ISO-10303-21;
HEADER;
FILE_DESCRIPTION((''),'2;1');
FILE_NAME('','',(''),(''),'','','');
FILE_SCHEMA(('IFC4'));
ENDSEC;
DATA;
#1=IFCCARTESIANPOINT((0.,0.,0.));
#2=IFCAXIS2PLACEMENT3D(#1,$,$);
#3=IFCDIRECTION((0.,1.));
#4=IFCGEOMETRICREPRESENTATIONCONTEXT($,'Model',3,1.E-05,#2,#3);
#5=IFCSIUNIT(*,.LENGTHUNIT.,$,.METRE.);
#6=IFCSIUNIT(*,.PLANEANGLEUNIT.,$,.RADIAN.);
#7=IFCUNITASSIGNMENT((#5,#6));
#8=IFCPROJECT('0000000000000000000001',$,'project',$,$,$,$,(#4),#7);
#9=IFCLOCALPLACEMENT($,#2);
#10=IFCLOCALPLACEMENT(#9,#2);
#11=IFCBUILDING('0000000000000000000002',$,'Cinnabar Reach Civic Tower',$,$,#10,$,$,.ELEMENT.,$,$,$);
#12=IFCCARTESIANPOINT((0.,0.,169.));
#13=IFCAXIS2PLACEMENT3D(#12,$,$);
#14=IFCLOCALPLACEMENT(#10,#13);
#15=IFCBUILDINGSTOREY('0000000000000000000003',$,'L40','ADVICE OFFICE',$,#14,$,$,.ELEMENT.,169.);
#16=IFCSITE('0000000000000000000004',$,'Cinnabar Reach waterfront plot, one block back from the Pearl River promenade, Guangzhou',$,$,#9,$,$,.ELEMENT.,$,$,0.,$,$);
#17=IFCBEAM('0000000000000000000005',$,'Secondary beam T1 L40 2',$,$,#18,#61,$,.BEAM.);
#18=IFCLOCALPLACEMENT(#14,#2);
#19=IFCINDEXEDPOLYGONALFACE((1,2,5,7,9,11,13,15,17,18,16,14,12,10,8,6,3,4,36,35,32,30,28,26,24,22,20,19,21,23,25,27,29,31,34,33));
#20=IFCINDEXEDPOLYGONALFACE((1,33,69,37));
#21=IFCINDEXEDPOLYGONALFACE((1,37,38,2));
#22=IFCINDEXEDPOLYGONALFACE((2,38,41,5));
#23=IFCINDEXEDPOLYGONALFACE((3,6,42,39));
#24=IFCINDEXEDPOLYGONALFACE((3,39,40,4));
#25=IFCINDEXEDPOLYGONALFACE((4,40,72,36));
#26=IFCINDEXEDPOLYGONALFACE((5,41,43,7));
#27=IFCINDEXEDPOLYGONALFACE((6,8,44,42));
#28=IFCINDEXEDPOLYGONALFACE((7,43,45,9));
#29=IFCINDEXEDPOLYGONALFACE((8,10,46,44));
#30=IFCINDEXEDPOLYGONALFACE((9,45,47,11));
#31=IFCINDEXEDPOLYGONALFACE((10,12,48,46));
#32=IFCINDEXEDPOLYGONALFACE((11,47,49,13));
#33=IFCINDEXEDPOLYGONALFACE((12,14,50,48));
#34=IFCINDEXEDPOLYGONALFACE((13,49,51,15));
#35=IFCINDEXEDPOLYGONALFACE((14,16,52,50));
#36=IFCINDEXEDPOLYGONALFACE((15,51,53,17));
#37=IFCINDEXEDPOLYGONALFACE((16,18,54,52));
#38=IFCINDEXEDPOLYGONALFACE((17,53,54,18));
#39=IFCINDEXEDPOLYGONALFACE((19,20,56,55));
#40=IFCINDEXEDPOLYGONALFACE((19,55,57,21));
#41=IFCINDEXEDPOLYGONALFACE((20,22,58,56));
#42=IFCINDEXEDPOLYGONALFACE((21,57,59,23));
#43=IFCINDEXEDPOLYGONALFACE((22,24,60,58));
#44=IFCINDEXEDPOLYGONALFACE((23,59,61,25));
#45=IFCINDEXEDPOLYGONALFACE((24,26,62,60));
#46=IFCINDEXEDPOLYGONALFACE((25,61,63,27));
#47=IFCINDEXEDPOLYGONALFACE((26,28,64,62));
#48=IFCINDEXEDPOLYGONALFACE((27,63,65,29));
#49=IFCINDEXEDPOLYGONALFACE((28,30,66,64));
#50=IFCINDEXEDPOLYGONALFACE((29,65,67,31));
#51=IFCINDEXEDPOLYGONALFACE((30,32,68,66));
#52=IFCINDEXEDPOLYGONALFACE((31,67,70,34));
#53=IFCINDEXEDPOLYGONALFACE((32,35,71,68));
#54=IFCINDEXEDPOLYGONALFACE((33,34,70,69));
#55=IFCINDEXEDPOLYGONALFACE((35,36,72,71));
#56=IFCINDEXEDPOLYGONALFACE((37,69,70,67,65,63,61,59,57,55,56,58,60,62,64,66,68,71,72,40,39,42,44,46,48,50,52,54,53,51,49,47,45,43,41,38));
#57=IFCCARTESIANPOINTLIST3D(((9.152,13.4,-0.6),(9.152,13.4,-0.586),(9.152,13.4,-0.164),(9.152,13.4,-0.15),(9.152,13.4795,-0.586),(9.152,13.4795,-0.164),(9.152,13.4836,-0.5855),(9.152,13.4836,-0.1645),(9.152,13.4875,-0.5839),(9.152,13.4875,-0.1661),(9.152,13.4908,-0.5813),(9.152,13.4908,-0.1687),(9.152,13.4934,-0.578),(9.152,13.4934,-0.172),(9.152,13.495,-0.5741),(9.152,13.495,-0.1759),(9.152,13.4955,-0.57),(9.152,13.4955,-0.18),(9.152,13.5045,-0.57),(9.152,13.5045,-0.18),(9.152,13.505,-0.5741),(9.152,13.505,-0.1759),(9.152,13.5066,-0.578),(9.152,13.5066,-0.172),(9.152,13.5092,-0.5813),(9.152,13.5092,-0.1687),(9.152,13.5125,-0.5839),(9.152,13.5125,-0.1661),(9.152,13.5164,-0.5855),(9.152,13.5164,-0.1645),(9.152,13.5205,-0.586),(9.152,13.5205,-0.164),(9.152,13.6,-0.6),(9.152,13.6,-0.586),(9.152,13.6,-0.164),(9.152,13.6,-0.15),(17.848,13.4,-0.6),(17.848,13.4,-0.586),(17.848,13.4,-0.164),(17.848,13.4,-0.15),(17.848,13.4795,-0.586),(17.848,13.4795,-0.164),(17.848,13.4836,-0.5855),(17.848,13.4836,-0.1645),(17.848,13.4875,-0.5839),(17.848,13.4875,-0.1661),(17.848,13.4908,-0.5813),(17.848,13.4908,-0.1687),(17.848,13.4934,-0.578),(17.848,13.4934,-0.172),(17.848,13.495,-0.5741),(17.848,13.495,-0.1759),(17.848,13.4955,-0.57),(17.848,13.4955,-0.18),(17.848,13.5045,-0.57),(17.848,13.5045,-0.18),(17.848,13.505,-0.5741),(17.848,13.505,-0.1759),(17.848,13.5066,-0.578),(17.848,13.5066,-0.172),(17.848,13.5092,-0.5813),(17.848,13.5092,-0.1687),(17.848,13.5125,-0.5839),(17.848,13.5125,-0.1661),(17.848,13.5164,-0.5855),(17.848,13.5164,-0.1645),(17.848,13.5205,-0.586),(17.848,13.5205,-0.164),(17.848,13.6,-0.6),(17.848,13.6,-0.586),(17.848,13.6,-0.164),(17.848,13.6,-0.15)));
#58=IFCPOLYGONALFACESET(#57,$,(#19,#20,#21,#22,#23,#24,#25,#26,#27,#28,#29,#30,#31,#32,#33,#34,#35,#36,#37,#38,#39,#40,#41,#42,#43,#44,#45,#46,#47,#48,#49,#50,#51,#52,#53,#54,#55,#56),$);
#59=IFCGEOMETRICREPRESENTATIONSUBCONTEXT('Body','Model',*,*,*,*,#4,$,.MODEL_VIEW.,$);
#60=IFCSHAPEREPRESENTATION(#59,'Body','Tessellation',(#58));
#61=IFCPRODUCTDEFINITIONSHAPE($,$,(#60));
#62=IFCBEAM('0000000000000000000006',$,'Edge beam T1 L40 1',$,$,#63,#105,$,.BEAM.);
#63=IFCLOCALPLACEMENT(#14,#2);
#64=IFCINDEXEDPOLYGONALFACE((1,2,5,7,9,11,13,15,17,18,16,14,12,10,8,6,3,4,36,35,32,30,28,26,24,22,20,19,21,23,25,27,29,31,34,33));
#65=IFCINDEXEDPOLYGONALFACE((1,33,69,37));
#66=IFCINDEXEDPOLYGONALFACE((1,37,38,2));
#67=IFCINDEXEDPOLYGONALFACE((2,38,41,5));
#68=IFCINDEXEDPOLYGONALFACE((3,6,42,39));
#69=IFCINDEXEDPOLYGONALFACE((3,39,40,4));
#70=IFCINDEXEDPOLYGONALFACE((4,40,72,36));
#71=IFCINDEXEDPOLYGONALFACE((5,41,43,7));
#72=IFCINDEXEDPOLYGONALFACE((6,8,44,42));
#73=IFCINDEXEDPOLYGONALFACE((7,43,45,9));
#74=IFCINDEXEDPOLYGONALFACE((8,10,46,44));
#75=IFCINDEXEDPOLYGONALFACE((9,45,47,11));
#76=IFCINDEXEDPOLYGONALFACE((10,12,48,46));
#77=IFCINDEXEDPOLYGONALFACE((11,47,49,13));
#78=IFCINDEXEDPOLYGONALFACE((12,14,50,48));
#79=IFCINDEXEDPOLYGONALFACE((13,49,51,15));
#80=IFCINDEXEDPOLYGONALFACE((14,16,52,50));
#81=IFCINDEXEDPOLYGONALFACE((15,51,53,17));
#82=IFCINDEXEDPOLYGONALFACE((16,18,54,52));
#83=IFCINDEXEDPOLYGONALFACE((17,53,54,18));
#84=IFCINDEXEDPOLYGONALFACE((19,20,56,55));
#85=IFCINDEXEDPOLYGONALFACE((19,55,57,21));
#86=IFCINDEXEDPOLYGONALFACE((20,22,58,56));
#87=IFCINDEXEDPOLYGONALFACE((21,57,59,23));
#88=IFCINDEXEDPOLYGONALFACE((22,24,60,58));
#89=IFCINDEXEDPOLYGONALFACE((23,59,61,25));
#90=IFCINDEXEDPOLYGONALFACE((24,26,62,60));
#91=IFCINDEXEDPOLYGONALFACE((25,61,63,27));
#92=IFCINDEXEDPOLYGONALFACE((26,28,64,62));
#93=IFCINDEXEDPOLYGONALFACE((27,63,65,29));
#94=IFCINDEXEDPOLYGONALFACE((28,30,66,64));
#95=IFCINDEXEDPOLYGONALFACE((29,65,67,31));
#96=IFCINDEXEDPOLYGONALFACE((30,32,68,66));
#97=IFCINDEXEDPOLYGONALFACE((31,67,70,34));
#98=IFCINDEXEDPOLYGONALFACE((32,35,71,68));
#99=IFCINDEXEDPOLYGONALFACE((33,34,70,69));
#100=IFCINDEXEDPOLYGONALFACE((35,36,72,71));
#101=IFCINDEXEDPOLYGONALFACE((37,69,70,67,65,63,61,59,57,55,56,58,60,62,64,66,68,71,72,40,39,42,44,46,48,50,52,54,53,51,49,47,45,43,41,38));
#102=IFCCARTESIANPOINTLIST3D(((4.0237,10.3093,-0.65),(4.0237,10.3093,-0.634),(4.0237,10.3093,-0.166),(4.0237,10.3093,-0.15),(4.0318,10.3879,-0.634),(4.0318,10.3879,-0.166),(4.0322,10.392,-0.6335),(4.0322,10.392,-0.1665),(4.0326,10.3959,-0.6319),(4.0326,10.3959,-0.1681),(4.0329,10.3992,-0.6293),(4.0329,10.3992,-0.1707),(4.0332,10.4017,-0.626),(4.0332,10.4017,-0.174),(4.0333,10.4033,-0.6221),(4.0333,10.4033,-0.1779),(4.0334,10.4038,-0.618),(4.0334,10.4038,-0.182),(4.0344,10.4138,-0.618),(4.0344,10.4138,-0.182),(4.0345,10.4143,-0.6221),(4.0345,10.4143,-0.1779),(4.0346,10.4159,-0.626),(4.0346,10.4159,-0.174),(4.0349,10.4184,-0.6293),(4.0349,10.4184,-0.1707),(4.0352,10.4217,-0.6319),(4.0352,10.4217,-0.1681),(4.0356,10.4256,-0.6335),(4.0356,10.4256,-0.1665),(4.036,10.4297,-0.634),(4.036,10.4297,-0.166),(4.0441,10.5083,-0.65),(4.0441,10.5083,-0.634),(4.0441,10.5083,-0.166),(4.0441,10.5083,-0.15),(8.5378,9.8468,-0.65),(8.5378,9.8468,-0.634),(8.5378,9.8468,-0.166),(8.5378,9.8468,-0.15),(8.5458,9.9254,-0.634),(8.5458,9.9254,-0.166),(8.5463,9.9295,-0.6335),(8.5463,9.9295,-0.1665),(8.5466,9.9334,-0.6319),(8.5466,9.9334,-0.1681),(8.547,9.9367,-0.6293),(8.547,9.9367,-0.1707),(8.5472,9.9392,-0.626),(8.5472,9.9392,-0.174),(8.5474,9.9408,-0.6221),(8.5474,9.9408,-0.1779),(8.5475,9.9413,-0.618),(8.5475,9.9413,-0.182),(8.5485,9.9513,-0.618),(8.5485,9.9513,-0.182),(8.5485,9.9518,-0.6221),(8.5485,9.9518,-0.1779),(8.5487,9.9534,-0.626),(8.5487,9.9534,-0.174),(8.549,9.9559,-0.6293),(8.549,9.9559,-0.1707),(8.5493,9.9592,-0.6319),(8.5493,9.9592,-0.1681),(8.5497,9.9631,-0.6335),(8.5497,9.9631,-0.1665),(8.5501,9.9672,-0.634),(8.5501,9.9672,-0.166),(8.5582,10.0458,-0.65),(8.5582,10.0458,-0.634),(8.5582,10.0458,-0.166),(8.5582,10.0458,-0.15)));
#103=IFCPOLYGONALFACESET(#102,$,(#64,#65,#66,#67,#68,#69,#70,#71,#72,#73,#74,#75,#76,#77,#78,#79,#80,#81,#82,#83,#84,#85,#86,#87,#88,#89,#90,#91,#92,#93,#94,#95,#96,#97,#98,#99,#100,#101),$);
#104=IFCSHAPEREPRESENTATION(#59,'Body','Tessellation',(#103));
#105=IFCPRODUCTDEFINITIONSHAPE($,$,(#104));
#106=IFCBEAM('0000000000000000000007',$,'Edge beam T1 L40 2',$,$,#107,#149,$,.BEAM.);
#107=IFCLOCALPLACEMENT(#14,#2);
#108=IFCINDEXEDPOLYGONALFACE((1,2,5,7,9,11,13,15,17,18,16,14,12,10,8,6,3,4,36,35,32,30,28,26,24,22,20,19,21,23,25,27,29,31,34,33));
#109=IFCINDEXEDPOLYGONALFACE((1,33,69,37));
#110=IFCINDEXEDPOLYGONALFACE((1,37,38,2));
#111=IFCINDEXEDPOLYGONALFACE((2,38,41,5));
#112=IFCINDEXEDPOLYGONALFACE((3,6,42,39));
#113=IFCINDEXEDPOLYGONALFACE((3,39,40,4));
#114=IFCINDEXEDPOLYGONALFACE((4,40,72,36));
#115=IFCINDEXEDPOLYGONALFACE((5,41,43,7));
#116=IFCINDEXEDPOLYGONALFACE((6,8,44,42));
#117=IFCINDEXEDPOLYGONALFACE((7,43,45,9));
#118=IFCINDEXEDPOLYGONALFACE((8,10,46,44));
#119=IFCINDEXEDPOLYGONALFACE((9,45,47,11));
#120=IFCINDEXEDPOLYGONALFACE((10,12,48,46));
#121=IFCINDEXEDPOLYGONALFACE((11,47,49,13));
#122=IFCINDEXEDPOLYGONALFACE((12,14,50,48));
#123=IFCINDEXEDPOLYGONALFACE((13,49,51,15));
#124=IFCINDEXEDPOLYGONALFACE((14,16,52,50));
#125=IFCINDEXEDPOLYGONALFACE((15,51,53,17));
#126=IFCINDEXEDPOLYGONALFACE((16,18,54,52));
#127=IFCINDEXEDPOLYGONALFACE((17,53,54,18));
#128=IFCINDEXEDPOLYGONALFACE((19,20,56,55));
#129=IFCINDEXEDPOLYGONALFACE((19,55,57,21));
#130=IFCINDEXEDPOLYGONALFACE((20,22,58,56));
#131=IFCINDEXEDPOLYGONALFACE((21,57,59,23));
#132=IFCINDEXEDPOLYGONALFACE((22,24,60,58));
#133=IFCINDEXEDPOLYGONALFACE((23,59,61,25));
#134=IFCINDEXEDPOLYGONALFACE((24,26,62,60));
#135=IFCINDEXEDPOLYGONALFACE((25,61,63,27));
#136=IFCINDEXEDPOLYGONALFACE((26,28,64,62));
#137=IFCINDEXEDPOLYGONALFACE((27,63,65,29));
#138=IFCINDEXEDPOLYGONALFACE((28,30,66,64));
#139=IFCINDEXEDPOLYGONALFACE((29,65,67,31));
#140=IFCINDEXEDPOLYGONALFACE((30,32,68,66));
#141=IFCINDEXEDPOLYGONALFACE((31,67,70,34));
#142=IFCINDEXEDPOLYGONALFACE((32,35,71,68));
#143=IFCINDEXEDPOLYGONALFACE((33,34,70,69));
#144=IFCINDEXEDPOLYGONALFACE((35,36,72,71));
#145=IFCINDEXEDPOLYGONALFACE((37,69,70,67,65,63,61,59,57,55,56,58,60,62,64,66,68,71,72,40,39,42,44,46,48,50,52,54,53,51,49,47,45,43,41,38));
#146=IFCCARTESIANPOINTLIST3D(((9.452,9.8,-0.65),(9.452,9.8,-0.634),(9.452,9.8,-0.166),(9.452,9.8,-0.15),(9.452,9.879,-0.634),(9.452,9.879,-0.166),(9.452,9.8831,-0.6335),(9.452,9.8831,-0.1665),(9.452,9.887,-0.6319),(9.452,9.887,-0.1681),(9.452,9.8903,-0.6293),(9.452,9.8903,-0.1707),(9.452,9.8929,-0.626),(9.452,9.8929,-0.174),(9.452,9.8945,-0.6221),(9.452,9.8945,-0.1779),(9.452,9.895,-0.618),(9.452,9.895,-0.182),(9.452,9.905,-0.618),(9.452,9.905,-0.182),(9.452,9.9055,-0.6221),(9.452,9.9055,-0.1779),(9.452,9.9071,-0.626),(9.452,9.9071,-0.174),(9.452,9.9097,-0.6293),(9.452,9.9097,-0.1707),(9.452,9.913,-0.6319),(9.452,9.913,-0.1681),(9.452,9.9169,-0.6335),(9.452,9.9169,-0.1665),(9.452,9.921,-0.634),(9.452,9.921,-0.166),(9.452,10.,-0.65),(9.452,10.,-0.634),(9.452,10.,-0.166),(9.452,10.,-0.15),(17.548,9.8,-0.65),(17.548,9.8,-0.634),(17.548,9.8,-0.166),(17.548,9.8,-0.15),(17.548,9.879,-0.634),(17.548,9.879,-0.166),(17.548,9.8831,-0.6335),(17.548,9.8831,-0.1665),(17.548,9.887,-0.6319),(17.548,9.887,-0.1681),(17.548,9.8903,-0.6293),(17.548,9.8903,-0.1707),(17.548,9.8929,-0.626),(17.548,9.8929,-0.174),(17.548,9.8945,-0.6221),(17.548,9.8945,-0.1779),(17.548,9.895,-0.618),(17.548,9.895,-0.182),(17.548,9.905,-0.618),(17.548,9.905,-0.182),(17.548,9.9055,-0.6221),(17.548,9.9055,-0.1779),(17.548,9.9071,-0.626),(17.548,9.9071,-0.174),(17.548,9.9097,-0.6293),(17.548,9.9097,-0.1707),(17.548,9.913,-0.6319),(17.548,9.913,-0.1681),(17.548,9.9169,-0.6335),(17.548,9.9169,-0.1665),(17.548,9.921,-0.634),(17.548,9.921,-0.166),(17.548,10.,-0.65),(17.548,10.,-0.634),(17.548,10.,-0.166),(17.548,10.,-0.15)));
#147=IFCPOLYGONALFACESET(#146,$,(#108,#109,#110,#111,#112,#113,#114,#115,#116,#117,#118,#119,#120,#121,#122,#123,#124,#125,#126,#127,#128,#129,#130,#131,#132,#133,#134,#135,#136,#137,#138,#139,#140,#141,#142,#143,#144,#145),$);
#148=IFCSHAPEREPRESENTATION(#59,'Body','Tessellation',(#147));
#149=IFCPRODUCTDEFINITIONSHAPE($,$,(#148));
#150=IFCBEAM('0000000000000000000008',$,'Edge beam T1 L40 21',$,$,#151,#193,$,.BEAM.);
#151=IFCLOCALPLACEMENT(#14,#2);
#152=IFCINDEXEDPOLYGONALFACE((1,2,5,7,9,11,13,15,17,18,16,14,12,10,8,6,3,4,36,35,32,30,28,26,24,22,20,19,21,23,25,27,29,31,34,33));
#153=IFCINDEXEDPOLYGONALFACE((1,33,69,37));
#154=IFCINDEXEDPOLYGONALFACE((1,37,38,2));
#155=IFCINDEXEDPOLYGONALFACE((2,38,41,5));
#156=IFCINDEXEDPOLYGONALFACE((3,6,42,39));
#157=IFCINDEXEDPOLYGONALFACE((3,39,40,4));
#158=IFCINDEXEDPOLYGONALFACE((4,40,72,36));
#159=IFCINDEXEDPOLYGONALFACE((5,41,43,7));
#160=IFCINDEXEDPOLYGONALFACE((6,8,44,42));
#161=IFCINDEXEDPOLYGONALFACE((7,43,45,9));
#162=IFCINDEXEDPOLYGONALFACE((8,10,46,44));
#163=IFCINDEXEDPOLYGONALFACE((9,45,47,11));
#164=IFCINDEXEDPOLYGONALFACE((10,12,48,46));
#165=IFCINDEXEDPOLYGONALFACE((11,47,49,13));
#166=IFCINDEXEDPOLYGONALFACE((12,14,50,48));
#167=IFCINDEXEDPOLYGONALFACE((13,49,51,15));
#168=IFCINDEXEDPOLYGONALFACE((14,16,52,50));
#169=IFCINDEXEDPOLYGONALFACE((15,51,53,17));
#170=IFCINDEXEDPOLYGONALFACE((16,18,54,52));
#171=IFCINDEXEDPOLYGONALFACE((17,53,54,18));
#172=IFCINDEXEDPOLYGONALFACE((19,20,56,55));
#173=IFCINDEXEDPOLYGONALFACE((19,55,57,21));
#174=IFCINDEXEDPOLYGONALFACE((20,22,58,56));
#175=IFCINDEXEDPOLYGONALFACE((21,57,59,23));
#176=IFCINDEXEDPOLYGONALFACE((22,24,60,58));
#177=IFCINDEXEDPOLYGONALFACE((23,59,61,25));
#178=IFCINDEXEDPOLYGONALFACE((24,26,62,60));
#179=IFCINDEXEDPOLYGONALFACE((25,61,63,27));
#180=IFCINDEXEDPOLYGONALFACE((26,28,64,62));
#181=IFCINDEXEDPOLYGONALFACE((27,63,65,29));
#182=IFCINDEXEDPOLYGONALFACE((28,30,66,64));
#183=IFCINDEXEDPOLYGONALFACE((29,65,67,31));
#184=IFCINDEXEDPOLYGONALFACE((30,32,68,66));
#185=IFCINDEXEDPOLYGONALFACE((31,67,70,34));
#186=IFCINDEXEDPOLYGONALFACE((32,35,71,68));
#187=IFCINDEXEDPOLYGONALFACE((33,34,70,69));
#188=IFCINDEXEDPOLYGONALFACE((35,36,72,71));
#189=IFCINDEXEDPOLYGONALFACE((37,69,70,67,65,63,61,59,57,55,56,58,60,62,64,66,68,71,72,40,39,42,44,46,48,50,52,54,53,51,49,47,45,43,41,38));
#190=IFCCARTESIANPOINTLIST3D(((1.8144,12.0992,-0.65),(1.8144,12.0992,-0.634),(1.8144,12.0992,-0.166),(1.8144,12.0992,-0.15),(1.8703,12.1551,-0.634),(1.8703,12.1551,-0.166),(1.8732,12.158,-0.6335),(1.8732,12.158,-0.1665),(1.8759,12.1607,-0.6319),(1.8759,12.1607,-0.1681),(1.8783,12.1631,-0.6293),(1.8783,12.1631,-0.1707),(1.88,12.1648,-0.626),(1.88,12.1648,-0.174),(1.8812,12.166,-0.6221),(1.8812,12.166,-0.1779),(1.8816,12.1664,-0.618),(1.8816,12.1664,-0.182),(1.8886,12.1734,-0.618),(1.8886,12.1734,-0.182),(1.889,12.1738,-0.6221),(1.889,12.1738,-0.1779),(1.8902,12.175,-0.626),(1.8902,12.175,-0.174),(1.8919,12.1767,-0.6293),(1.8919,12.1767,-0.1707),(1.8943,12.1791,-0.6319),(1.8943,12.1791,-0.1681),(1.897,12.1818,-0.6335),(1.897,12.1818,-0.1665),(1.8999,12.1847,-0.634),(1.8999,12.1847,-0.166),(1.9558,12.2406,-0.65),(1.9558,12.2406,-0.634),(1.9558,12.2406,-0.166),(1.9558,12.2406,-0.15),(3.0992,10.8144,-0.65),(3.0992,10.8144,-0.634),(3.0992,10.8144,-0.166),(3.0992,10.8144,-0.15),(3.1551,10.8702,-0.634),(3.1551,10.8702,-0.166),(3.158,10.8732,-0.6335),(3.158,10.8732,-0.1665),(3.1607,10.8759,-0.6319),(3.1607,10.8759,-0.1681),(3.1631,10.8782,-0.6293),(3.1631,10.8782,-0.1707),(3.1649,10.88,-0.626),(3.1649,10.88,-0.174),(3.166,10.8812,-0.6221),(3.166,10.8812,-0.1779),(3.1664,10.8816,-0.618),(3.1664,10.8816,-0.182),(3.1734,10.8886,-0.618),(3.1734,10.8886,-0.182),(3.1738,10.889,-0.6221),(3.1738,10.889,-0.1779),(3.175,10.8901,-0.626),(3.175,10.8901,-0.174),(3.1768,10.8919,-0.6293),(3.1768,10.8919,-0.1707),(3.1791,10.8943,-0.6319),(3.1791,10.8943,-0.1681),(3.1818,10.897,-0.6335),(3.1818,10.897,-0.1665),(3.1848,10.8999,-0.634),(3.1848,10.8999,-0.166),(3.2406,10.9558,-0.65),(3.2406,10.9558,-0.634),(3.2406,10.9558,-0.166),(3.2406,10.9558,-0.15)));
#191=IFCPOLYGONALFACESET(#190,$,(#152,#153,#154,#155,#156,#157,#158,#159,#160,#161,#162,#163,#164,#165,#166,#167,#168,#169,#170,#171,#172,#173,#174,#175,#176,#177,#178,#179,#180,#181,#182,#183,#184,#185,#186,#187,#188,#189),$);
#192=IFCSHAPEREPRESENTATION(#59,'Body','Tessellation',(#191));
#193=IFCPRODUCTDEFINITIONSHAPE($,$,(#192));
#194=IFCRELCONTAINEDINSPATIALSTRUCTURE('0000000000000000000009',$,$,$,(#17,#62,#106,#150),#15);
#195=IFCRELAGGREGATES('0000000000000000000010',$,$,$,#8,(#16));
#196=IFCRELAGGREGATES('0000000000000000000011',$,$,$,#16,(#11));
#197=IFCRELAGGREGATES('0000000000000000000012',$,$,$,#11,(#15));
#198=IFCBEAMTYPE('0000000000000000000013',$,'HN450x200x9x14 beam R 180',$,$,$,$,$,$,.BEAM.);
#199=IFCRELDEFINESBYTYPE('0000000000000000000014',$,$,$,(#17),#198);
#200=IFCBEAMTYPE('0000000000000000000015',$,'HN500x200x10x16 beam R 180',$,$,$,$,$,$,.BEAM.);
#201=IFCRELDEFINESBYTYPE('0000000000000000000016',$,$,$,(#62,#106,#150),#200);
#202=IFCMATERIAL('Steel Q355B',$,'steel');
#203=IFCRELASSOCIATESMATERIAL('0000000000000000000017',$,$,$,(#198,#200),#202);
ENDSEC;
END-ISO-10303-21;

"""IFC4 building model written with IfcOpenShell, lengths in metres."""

from ifc_helpers import new_model, si_unit, direction, frame, origin, origin_2d, place, context, subcontext, project, spatial, i_section, extrude, material, material_profile, profile_set, type_object, element, save


model = new_model("IFC4")

# Units and contexts
model_context = context("Model", 3, precision=1e-05, world=origin(), true_north=direction((0.0, 1.0)))
body_context = subcontext(model_context, "Body", "Model", "MODEL_VIEW")
ifc_project = project(units=[si_unit("LENGTHUNIT", "METRE"), si_unit("PLANEANGLEUNIT", "RADIAN")], contexts=[model_context])

# Site, building, storey
site_placement = place(None, origin())
site = spatial("IfcSite", under=ifc_project, at=site_placement, Name="Cinnabar Reach waterfront plot, one block back from the Pearl River promenade, Guangzhou", CompositionType="ELEMENT", RefElevation=0.0)
building_placement = place(site_placement, origin())
building = spatial("IfcBuilding", under=site, at=building_placement, Name="Cinnabar Reach Civic Tower", CompositionType="ELEMENT")
storey_placement = place(building_placement, frame((0.0, 0.0, 169.0)))
storey = spatial("IfcBuildingStorey", under=building, at=storey_placement, Name="L40", Description="ADVICE OFFICE", CompositionType="ELEMENT", Elevation=169.0)

# Beams
ifc_material_1 = material(Name="Steel Q355B", Category="steel")
ifc_material_profile_1 = material_profile(ifc_material_1, i_section(OverallWidth=0.2, OverallDepth=0.45, WebThickness=0.009, FlangeThickness=0.014, FilletRadius=0.016, at=origin_2d()), Name="HN450x200x9x14")
ifc_profile_set_1 = profile_set([ifc_material_profile_1], Name="Steel Q355B")
beam_type_1 = type_object("IfcBeamType", Name="HN450x200x9x14 beam R 180", PredefinedType="BEAM", material=ifc_profile_set_1)
beam_1_placement = place(storey_placement, frame((9.152, 13.5, -0.375), z_axis=(1.0, 0.0, 0.0), x_axis=(0.0, 1.0, 0.0)))
element("IfcBeam", 1, at=beam_1_placement, inside=storey, type_object=beam_type_1, Name="Secondary beam T1 L40 2", PredefinedType="BEAM", context=body_context, shape_type="SweptSolid", body=[
    extrude(i_section(OverallWidth=0.2, OverallDepth=0.45, WebThickness=0.009, FlangeThickness=0.014, FilletRadius=0.016, at=origin_2d()), origin(), (0.0, 0.0, 1.0), 8.696),
])
ifc_material_profile_2 = material_profile(ifc_material_1, i_section(OverallWidth=0.2, OverallDepth=0.5, WebThickness=0.01, FlangeThickness=0.016, FilletRadius=0.016, at=origin_2d()), Name="HN500x200x10x16")
ifc_profile_set_2 = profile_set([ifc_material_profile_2], Name="Steel Q355B")
beam_type_2 = type_object("IfcBeamType", Name="HN500x200x10x16 beam R 180", PredefinedType="BEAM", material=ifc_profile_set_2)
beam_2_placement = place(storey_placement, frame((4.0339, 10.4088, -0.4), z_axis=(0.994792, -0.101923, 0.0), x_axis=(0.101923, 0.994792, 0.0)))
element("IfcBeam", 2, at=beam_2_placement, inside=storey, type_object=beam_type_2, Name="Edge beam T1 L40 1", PredefinedType="BEAM", context=body_context, shape_type="SweptSolid", body=[
    extrude(i_section(OverallWidth=0.2, OverallDepth=0.5, WebThickness=0.01, FlangeThickness=0.016, FilletRadius=0.016, at=origin_2d()), origin(), (0.0, 0.0, 1.0), 4.5377),
])
beam_3_placement = place(storey_placement, frame((9.452, 9.9, -0.4), z_axis=(1.0, 0.0, 0.0), x_axis=(0.0, 1.0, 0.0)))
element("IfcBeam", 3, at=beam_3_placement, inside=storey, type_object=beam_type_2, Name="Edge beam T1 L40 2", PredefinedType="BEAM", context=body_context, shape_type="SweptSolid", body=[
    extrude(i_section(OverallWidth=0.2, OverallDepth=0.5, WebThickness=0.01, FlangeThickness=0.016, FilletRadius=0.016, at=origin_2d()), origin(), (0.0, 0.0, 1.0), 8.096),
])
beam_4_placement = place(storey_placement, frame((1.8851, 12.1699, -0.4), z_axis=(0.707107, -0.707107, 0.0), x_axis=(0.707107, 0.707107, 0.0)))
element("IfcBeam", 4, at=beam_4_placement, inside=storey, type_object=beam_type_2, Name="Edge beam T1 L40 21", PredefinedType="BEAM", context=body_context, shape_type="SweptSolid", body=[
    extrude(i_section(OverallWidth=0.2, OverallDepth=0.5, WebThickness=0.01, FlangeThickness=0.016, FilletRadius=0.016, at=origin_2d()), origin(), (0.0, 0.0, 1.0), 1.817),
])

save(model, "model.ifc")
